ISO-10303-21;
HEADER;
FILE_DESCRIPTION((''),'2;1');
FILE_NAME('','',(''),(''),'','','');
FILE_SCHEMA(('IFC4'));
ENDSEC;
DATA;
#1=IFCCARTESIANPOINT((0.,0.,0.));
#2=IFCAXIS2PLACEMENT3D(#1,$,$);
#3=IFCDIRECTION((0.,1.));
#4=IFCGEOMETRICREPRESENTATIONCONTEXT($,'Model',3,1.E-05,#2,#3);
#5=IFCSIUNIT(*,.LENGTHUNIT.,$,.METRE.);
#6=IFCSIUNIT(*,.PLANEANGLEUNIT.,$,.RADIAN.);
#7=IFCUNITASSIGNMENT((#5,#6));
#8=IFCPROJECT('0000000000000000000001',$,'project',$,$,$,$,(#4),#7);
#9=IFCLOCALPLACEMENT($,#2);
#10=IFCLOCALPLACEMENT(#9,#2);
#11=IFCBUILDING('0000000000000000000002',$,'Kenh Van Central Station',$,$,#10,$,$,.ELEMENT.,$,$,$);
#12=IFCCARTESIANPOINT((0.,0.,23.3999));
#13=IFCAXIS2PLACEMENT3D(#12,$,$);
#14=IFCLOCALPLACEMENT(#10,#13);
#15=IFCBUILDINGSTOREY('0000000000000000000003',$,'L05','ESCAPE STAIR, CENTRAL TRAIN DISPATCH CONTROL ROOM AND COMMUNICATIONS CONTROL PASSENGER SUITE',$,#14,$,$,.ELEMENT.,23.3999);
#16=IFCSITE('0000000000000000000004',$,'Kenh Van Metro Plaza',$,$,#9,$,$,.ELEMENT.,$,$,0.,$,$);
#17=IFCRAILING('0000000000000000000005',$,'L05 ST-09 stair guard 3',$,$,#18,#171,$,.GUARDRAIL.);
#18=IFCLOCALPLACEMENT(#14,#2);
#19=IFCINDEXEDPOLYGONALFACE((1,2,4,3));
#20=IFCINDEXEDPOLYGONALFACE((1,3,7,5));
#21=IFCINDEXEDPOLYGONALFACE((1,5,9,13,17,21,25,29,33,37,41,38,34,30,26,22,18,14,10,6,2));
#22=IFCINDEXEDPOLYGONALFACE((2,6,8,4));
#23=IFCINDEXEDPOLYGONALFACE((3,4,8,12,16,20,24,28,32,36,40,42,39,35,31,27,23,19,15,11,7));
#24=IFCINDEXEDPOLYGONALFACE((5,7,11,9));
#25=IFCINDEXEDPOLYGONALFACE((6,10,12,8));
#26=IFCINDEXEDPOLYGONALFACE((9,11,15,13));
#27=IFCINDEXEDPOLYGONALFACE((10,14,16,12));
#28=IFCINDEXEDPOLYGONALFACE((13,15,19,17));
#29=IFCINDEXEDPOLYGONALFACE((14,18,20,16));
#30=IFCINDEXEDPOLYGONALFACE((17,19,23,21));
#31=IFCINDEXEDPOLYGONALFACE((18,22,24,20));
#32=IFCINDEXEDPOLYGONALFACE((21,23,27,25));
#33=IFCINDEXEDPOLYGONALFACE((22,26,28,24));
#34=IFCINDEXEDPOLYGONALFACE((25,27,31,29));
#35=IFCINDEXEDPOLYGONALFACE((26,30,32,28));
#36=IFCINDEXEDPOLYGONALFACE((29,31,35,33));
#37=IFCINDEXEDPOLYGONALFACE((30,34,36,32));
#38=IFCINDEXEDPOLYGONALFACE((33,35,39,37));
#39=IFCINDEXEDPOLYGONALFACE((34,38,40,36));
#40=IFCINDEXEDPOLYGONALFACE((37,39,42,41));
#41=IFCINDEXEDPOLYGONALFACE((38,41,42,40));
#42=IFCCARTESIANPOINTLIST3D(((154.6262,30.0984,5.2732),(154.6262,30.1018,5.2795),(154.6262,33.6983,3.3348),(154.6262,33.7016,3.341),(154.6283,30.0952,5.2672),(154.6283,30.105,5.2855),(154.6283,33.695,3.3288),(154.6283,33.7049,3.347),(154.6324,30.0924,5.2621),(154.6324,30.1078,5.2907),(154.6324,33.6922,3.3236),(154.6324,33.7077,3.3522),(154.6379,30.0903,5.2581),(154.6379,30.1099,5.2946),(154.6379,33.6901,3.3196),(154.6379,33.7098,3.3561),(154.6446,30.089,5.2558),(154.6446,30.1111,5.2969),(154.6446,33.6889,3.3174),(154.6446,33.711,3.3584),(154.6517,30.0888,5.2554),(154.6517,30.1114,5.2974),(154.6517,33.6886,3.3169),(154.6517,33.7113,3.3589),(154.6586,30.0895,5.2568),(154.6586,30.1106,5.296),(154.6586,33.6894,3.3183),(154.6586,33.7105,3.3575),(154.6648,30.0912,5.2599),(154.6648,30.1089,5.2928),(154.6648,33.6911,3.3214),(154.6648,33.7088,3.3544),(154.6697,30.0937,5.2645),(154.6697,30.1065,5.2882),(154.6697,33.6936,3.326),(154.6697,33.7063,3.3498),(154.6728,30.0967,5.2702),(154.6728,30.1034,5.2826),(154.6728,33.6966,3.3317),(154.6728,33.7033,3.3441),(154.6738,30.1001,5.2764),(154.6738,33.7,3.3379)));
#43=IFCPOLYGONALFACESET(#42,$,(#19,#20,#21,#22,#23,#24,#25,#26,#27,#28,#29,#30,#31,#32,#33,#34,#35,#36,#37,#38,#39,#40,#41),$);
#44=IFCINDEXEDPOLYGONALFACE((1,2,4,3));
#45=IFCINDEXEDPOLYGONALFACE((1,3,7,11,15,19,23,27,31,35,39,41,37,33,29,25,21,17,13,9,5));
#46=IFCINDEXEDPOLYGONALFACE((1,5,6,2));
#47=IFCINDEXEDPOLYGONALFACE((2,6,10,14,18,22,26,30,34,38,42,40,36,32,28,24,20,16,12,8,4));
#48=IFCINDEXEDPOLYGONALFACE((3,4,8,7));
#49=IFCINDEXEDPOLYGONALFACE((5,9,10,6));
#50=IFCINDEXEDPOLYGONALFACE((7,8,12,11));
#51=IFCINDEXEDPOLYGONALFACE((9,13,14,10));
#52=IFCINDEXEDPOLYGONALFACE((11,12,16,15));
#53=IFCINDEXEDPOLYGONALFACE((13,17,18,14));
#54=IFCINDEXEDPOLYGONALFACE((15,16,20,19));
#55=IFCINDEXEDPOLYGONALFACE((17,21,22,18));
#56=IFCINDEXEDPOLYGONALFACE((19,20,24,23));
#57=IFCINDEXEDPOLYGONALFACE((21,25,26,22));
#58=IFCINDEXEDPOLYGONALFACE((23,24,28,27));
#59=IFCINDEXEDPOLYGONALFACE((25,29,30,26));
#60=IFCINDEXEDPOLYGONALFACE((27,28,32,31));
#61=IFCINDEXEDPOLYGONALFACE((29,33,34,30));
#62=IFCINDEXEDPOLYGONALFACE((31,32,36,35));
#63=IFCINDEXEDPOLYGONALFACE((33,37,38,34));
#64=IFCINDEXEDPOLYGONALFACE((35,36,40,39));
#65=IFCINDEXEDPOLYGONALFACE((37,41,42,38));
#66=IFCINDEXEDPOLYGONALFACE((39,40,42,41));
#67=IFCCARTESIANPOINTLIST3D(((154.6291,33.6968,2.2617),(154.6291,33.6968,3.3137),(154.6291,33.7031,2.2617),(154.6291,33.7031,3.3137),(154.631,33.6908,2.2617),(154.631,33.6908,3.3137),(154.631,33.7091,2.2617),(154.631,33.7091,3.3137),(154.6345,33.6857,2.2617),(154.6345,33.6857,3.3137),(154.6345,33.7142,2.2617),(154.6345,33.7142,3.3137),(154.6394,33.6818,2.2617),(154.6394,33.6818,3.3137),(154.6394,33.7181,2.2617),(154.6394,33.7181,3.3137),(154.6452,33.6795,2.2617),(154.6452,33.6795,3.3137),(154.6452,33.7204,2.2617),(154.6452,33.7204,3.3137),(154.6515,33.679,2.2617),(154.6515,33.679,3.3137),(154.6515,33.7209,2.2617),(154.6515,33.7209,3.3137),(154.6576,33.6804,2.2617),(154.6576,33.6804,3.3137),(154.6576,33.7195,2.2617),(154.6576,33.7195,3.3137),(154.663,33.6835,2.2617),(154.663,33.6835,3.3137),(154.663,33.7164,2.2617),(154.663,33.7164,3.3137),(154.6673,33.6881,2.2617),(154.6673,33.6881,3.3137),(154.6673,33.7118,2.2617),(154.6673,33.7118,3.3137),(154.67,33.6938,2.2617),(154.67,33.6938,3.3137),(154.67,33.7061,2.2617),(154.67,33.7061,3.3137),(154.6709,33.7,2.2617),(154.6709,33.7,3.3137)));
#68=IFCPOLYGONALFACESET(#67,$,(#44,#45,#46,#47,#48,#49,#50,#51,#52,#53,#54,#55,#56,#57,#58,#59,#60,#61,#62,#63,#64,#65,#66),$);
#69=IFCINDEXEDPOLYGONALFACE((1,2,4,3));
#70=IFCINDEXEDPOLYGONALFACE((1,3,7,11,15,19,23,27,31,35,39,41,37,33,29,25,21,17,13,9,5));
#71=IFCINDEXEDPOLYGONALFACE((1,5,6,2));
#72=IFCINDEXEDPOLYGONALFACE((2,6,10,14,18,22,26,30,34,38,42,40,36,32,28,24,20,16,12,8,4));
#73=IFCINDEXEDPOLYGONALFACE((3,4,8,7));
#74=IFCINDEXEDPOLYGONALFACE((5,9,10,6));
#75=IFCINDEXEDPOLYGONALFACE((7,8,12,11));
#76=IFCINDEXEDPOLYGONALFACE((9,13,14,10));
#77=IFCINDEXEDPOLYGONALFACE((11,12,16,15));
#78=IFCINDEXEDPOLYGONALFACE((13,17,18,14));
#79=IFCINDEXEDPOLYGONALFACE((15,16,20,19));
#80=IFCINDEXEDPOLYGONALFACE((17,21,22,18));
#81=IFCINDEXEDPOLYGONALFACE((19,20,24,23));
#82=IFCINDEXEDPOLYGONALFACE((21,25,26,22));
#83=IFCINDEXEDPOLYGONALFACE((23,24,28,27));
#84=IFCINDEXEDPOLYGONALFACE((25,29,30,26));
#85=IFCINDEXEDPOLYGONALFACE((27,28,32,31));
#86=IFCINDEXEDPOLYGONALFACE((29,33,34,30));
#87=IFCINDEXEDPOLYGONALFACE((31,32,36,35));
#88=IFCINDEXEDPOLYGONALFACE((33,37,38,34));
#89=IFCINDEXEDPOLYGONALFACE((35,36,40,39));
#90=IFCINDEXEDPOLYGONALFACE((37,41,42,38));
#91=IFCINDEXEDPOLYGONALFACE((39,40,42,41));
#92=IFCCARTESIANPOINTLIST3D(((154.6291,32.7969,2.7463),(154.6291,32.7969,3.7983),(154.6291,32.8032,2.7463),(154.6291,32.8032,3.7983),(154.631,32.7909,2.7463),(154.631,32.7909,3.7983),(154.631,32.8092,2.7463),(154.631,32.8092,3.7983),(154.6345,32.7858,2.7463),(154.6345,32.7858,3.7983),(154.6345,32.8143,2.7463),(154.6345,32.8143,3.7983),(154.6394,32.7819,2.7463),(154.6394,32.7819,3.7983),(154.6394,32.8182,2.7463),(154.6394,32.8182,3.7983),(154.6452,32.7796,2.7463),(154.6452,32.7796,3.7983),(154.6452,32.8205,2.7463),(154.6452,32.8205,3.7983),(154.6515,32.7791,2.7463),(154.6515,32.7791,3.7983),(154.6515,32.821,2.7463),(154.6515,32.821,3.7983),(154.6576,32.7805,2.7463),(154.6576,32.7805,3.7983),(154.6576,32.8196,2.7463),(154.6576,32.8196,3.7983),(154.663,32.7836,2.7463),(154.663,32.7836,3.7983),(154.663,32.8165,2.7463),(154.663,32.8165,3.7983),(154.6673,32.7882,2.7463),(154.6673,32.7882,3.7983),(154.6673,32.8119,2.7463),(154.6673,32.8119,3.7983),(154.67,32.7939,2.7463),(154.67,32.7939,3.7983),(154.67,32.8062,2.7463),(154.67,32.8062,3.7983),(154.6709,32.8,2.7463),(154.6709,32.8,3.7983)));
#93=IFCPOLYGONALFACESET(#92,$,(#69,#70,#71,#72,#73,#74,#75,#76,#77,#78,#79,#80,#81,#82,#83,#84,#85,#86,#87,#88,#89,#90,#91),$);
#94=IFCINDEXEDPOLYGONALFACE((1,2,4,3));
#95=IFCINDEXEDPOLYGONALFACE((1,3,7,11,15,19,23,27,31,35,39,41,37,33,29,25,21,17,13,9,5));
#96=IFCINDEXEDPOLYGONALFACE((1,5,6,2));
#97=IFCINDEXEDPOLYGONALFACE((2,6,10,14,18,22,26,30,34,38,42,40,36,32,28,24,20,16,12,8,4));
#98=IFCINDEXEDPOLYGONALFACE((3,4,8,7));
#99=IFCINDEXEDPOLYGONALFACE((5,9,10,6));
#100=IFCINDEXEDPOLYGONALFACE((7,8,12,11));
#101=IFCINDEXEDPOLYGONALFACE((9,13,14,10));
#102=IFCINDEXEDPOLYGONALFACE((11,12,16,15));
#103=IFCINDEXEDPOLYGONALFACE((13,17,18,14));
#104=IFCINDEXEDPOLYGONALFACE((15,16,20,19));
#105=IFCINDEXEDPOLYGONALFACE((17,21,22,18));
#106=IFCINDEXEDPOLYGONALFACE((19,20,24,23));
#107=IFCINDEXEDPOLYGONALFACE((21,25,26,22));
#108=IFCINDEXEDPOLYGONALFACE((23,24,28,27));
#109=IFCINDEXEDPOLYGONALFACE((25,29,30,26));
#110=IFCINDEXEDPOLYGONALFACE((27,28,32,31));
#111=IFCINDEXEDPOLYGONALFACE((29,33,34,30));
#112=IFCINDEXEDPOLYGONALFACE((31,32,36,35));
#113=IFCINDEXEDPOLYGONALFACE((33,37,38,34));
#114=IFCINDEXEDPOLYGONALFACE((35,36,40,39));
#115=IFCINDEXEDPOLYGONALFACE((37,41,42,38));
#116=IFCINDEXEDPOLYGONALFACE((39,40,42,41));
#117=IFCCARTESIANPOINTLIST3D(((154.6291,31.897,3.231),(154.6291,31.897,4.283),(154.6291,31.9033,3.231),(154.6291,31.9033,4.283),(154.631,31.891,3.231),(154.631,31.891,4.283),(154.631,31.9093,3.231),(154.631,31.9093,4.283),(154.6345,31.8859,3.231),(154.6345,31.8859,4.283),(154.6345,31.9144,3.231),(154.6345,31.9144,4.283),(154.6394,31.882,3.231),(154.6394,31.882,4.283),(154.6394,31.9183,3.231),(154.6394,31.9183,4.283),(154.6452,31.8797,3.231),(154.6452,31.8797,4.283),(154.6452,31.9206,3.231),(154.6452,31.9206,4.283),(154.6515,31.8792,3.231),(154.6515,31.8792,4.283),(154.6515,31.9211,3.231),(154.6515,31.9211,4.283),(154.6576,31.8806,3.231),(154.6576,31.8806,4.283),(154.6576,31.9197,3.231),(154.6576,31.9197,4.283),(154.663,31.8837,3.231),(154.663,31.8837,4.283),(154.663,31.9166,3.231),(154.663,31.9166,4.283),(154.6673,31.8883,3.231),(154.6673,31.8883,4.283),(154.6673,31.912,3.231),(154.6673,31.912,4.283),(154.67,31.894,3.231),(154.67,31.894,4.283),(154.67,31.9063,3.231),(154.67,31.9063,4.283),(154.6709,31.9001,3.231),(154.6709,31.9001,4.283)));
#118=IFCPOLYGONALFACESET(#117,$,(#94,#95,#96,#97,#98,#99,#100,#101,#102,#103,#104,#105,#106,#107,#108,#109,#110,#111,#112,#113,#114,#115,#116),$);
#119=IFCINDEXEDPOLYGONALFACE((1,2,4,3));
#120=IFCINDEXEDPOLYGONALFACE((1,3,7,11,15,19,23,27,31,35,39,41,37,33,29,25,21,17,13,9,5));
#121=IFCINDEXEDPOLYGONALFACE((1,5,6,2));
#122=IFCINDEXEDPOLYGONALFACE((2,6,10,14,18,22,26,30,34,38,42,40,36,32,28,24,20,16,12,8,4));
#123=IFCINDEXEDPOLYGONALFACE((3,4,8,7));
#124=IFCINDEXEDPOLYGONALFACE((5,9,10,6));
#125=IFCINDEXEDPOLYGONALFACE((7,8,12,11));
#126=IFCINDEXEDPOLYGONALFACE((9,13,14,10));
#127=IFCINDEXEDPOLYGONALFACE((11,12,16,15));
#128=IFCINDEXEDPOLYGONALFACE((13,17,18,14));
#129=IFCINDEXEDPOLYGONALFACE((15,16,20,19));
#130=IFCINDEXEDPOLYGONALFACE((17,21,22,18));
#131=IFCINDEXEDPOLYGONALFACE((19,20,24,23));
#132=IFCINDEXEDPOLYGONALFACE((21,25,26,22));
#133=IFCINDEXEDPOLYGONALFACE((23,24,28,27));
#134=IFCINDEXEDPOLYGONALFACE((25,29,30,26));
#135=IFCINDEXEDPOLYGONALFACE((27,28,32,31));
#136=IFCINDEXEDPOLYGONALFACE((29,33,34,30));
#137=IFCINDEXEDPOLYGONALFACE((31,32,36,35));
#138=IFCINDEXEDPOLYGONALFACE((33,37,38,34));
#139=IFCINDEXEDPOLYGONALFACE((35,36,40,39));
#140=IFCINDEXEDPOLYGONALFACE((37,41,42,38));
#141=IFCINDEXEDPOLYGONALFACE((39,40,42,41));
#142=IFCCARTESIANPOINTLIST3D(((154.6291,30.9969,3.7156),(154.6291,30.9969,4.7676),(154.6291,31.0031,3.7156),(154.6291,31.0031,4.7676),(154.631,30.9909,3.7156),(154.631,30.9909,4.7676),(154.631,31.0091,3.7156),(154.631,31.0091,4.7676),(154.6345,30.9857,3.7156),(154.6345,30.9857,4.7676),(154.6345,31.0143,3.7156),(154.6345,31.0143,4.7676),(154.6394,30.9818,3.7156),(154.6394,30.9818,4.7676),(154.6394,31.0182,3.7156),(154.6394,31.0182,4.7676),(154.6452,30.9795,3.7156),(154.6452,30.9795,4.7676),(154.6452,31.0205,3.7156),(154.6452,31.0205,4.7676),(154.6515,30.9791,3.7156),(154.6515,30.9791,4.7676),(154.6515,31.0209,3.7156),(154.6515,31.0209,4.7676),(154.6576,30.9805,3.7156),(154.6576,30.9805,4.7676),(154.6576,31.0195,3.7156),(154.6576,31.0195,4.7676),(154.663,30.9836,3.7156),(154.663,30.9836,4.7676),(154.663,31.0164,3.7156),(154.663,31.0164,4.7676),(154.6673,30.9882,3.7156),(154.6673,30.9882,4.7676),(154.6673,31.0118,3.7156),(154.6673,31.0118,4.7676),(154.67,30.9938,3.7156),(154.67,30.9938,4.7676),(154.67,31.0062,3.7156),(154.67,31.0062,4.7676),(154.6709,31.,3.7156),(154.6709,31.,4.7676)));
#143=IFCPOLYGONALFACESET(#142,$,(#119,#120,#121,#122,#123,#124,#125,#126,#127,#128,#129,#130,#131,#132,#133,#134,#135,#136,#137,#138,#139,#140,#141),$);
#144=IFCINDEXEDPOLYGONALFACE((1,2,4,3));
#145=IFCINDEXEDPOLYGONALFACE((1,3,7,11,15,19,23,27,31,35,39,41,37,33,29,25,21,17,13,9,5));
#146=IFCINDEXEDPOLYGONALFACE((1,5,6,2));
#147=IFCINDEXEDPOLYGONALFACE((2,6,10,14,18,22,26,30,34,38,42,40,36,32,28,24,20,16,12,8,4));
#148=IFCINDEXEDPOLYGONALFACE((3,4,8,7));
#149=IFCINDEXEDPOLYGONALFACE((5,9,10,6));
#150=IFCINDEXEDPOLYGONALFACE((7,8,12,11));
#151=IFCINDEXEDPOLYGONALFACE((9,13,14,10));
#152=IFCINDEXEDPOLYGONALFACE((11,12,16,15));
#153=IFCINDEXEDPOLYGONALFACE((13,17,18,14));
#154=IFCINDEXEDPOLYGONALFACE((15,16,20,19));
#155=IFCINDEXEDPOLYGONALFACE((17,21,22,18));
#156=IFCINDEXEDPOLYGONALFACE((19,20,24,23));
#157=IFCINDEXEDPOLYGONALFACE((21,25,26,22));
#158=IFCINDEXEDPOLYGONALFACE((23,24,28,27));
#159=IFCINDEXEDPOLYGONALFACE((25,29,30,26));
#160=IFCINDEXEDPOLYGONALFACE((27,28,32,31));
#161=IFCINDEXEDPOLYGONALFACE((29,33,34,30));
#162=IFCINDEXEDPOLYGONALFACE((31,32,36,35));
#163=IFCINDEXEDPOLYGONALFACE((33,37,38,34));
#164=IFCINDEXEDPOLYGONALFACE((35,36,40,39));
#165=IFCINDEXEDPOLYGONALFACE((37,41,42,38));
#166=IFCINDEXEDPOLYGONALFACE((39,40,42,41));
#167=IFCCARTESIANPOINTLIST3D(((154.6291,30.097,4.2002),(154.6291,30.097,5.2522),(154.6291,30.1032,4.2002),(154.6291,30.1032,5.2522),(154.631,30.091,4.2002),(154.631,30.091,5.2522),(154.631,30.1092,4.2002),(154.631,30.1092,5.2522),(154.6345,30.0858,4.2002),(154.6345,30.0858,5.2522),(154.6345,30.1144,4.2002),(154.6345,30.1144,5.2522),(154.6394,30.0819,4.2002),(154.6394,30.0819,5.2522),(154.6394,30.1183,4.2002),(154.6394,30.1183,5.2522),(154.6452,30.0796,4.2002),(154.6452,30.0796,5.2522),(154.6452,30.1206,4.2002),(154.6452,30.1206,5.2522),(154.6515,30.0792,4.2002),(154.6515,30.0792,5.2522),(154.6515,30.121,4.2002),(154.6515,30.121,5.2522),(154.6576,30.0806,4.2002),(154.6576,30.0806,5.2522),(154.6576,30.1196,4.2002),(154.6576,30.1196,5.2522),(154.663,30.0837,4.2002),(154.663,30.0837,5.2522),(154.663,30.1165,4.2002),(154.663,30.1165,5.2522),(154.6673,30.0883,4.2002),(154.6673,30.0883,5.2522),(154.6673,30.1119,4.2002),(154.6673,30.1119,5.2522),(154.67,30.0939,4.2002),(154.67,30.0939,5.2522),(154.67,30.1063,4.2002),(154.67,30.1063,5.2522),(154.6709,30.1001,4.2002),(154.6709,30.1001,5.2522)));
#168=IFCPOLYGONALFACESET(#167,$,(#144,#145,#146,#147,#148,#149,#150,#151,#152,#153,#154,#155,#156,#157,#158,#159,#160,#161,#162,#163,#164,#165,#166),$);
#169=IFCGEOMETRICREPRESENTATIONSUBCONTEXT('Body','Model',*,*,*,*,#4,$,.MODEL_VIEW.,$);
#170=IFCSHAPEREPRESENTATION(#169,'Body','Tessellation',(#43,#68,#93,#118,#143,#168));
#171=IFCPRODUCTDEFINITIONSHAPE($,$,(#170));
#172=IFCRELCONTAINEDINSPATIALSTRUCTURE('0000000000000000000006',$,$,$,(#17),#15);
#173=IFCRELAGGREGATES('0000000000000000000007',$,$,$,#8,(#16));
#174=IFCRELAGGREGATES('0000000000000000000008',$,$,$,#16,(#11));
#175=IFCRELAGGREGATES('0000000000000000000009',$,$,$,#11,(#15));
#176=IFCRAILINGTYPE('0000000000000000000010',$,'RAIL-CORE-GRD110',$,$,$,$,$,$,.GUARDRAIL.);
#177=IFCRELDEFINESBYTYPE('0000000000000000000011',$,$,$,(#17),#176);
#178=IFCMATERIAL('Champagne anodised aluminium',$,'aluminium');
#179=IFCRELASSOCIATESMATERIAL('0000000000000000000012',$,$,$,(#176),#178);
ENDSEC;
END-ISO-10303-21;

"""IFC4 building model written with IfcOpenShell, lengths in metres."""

from ifc_helpers import new_model, si_unit, direction, frame, origin, origin_2d, place, context, subcontext, project, spatial, circle, extrude, material, type_object, element, save


model = new_model("IFC4")

# Units and contexts
model_context = context("Model", 3, precision=1e-05, world=origin(), true_north=direction((0.0, 1.0)))
body_context = subcontext(model_context, "Body", "Model", "MODEL_VIEW")
ifc_project = project(units=[si_unit("LENGTHUNIT", "METRE"), si_unit("PLANEANGLEUNIT", "RADIAN")], contexts=[model_context])

# Site, building, storey
site_placement = place(None, origin())
site = spatial("IfcSite", under=ifc_project, at=site_placement, Name="Kenh Van Metro Plaza", CompositionType="ELEMENT", RefElevation=0.0)
building_placement = place(site_placement, origin())
building = spatial("IfcBuilding", under=site, at=building_placement, Name="Kenh Van Central Station", CompositionType="ELEMENT")
storey_placement = place(building_placement, frame((0.0, 0.0, 23.3999)))
storey = spatial("IfcBuildingStorey", under=building, at=storey_placement, Name="L05", Description="ESCAPE STAIR, CENTRAL TRAIN DISPATCH CONTROL ROOM AND COMMUNICATIONS CONTROL PASSENGER SUITE", CompositionType="ELEMENT", Elevation=23.3999)

# Shared definitions
ifc_material_1 = material(Name="Champagne anodised aluminium", Category="aluminium")

# Railing
railing_type_1 = type_object("IfcRailingType", Name="RAIL-CORE-GRD110", PredefinedType="GUARDRAIL", material=ifc_material_1)
railing_1_placement = place(storey_placement, frame((154.6499, 33.7, 2.2617)))
element("IfcRailing", 1, at=railing_1_placement, inside=storey, type_object=railing_type_1, Name="L05 ST-09 stair guard 3", PredefinedType="GUARDRAIL", context=body_context, shape_type="SweptSolid", body=[
    extrude(circle(Radius=0.0239, at=origin_2d()), frame((0.0, 0.0, 1.0762), z_axis=(0.0, -0.880462, 0.474118), x_axis=(1.0, 0.0, 0.0)), (0.0, 0.0, 1.0), 4.0886),
    extrude(circle(Radius=0.021, at=origin_2d()), origin(), (0.0, 0.0, 1.0), 1.052),
    extrude(circle(Radius=0.021, at=origin_2d()), frame((0.0, -0.8999, 0.4846)), (0.0, 0.0, 1.0), 1.052),
    extrude(circle(Radius=0.021, at=origin_2d()), frame((0.0, -1.7998, 0.9692)), (0.0, 0.0, 1.0), 1.052),
    extrude(circle(Radius=0.021, at=origin_2d()), frame((0.0, -2.7, 1.4539)), (0.0, 0.0, 1.0), 1.052),
    extrude(circle(Radius=0.021, at=origin_2d()), frame((0.0, -3.5999, 1.9385)), (0.0, 0.0, 1.0), 1.052),
])

save(model, "model.ifc")
